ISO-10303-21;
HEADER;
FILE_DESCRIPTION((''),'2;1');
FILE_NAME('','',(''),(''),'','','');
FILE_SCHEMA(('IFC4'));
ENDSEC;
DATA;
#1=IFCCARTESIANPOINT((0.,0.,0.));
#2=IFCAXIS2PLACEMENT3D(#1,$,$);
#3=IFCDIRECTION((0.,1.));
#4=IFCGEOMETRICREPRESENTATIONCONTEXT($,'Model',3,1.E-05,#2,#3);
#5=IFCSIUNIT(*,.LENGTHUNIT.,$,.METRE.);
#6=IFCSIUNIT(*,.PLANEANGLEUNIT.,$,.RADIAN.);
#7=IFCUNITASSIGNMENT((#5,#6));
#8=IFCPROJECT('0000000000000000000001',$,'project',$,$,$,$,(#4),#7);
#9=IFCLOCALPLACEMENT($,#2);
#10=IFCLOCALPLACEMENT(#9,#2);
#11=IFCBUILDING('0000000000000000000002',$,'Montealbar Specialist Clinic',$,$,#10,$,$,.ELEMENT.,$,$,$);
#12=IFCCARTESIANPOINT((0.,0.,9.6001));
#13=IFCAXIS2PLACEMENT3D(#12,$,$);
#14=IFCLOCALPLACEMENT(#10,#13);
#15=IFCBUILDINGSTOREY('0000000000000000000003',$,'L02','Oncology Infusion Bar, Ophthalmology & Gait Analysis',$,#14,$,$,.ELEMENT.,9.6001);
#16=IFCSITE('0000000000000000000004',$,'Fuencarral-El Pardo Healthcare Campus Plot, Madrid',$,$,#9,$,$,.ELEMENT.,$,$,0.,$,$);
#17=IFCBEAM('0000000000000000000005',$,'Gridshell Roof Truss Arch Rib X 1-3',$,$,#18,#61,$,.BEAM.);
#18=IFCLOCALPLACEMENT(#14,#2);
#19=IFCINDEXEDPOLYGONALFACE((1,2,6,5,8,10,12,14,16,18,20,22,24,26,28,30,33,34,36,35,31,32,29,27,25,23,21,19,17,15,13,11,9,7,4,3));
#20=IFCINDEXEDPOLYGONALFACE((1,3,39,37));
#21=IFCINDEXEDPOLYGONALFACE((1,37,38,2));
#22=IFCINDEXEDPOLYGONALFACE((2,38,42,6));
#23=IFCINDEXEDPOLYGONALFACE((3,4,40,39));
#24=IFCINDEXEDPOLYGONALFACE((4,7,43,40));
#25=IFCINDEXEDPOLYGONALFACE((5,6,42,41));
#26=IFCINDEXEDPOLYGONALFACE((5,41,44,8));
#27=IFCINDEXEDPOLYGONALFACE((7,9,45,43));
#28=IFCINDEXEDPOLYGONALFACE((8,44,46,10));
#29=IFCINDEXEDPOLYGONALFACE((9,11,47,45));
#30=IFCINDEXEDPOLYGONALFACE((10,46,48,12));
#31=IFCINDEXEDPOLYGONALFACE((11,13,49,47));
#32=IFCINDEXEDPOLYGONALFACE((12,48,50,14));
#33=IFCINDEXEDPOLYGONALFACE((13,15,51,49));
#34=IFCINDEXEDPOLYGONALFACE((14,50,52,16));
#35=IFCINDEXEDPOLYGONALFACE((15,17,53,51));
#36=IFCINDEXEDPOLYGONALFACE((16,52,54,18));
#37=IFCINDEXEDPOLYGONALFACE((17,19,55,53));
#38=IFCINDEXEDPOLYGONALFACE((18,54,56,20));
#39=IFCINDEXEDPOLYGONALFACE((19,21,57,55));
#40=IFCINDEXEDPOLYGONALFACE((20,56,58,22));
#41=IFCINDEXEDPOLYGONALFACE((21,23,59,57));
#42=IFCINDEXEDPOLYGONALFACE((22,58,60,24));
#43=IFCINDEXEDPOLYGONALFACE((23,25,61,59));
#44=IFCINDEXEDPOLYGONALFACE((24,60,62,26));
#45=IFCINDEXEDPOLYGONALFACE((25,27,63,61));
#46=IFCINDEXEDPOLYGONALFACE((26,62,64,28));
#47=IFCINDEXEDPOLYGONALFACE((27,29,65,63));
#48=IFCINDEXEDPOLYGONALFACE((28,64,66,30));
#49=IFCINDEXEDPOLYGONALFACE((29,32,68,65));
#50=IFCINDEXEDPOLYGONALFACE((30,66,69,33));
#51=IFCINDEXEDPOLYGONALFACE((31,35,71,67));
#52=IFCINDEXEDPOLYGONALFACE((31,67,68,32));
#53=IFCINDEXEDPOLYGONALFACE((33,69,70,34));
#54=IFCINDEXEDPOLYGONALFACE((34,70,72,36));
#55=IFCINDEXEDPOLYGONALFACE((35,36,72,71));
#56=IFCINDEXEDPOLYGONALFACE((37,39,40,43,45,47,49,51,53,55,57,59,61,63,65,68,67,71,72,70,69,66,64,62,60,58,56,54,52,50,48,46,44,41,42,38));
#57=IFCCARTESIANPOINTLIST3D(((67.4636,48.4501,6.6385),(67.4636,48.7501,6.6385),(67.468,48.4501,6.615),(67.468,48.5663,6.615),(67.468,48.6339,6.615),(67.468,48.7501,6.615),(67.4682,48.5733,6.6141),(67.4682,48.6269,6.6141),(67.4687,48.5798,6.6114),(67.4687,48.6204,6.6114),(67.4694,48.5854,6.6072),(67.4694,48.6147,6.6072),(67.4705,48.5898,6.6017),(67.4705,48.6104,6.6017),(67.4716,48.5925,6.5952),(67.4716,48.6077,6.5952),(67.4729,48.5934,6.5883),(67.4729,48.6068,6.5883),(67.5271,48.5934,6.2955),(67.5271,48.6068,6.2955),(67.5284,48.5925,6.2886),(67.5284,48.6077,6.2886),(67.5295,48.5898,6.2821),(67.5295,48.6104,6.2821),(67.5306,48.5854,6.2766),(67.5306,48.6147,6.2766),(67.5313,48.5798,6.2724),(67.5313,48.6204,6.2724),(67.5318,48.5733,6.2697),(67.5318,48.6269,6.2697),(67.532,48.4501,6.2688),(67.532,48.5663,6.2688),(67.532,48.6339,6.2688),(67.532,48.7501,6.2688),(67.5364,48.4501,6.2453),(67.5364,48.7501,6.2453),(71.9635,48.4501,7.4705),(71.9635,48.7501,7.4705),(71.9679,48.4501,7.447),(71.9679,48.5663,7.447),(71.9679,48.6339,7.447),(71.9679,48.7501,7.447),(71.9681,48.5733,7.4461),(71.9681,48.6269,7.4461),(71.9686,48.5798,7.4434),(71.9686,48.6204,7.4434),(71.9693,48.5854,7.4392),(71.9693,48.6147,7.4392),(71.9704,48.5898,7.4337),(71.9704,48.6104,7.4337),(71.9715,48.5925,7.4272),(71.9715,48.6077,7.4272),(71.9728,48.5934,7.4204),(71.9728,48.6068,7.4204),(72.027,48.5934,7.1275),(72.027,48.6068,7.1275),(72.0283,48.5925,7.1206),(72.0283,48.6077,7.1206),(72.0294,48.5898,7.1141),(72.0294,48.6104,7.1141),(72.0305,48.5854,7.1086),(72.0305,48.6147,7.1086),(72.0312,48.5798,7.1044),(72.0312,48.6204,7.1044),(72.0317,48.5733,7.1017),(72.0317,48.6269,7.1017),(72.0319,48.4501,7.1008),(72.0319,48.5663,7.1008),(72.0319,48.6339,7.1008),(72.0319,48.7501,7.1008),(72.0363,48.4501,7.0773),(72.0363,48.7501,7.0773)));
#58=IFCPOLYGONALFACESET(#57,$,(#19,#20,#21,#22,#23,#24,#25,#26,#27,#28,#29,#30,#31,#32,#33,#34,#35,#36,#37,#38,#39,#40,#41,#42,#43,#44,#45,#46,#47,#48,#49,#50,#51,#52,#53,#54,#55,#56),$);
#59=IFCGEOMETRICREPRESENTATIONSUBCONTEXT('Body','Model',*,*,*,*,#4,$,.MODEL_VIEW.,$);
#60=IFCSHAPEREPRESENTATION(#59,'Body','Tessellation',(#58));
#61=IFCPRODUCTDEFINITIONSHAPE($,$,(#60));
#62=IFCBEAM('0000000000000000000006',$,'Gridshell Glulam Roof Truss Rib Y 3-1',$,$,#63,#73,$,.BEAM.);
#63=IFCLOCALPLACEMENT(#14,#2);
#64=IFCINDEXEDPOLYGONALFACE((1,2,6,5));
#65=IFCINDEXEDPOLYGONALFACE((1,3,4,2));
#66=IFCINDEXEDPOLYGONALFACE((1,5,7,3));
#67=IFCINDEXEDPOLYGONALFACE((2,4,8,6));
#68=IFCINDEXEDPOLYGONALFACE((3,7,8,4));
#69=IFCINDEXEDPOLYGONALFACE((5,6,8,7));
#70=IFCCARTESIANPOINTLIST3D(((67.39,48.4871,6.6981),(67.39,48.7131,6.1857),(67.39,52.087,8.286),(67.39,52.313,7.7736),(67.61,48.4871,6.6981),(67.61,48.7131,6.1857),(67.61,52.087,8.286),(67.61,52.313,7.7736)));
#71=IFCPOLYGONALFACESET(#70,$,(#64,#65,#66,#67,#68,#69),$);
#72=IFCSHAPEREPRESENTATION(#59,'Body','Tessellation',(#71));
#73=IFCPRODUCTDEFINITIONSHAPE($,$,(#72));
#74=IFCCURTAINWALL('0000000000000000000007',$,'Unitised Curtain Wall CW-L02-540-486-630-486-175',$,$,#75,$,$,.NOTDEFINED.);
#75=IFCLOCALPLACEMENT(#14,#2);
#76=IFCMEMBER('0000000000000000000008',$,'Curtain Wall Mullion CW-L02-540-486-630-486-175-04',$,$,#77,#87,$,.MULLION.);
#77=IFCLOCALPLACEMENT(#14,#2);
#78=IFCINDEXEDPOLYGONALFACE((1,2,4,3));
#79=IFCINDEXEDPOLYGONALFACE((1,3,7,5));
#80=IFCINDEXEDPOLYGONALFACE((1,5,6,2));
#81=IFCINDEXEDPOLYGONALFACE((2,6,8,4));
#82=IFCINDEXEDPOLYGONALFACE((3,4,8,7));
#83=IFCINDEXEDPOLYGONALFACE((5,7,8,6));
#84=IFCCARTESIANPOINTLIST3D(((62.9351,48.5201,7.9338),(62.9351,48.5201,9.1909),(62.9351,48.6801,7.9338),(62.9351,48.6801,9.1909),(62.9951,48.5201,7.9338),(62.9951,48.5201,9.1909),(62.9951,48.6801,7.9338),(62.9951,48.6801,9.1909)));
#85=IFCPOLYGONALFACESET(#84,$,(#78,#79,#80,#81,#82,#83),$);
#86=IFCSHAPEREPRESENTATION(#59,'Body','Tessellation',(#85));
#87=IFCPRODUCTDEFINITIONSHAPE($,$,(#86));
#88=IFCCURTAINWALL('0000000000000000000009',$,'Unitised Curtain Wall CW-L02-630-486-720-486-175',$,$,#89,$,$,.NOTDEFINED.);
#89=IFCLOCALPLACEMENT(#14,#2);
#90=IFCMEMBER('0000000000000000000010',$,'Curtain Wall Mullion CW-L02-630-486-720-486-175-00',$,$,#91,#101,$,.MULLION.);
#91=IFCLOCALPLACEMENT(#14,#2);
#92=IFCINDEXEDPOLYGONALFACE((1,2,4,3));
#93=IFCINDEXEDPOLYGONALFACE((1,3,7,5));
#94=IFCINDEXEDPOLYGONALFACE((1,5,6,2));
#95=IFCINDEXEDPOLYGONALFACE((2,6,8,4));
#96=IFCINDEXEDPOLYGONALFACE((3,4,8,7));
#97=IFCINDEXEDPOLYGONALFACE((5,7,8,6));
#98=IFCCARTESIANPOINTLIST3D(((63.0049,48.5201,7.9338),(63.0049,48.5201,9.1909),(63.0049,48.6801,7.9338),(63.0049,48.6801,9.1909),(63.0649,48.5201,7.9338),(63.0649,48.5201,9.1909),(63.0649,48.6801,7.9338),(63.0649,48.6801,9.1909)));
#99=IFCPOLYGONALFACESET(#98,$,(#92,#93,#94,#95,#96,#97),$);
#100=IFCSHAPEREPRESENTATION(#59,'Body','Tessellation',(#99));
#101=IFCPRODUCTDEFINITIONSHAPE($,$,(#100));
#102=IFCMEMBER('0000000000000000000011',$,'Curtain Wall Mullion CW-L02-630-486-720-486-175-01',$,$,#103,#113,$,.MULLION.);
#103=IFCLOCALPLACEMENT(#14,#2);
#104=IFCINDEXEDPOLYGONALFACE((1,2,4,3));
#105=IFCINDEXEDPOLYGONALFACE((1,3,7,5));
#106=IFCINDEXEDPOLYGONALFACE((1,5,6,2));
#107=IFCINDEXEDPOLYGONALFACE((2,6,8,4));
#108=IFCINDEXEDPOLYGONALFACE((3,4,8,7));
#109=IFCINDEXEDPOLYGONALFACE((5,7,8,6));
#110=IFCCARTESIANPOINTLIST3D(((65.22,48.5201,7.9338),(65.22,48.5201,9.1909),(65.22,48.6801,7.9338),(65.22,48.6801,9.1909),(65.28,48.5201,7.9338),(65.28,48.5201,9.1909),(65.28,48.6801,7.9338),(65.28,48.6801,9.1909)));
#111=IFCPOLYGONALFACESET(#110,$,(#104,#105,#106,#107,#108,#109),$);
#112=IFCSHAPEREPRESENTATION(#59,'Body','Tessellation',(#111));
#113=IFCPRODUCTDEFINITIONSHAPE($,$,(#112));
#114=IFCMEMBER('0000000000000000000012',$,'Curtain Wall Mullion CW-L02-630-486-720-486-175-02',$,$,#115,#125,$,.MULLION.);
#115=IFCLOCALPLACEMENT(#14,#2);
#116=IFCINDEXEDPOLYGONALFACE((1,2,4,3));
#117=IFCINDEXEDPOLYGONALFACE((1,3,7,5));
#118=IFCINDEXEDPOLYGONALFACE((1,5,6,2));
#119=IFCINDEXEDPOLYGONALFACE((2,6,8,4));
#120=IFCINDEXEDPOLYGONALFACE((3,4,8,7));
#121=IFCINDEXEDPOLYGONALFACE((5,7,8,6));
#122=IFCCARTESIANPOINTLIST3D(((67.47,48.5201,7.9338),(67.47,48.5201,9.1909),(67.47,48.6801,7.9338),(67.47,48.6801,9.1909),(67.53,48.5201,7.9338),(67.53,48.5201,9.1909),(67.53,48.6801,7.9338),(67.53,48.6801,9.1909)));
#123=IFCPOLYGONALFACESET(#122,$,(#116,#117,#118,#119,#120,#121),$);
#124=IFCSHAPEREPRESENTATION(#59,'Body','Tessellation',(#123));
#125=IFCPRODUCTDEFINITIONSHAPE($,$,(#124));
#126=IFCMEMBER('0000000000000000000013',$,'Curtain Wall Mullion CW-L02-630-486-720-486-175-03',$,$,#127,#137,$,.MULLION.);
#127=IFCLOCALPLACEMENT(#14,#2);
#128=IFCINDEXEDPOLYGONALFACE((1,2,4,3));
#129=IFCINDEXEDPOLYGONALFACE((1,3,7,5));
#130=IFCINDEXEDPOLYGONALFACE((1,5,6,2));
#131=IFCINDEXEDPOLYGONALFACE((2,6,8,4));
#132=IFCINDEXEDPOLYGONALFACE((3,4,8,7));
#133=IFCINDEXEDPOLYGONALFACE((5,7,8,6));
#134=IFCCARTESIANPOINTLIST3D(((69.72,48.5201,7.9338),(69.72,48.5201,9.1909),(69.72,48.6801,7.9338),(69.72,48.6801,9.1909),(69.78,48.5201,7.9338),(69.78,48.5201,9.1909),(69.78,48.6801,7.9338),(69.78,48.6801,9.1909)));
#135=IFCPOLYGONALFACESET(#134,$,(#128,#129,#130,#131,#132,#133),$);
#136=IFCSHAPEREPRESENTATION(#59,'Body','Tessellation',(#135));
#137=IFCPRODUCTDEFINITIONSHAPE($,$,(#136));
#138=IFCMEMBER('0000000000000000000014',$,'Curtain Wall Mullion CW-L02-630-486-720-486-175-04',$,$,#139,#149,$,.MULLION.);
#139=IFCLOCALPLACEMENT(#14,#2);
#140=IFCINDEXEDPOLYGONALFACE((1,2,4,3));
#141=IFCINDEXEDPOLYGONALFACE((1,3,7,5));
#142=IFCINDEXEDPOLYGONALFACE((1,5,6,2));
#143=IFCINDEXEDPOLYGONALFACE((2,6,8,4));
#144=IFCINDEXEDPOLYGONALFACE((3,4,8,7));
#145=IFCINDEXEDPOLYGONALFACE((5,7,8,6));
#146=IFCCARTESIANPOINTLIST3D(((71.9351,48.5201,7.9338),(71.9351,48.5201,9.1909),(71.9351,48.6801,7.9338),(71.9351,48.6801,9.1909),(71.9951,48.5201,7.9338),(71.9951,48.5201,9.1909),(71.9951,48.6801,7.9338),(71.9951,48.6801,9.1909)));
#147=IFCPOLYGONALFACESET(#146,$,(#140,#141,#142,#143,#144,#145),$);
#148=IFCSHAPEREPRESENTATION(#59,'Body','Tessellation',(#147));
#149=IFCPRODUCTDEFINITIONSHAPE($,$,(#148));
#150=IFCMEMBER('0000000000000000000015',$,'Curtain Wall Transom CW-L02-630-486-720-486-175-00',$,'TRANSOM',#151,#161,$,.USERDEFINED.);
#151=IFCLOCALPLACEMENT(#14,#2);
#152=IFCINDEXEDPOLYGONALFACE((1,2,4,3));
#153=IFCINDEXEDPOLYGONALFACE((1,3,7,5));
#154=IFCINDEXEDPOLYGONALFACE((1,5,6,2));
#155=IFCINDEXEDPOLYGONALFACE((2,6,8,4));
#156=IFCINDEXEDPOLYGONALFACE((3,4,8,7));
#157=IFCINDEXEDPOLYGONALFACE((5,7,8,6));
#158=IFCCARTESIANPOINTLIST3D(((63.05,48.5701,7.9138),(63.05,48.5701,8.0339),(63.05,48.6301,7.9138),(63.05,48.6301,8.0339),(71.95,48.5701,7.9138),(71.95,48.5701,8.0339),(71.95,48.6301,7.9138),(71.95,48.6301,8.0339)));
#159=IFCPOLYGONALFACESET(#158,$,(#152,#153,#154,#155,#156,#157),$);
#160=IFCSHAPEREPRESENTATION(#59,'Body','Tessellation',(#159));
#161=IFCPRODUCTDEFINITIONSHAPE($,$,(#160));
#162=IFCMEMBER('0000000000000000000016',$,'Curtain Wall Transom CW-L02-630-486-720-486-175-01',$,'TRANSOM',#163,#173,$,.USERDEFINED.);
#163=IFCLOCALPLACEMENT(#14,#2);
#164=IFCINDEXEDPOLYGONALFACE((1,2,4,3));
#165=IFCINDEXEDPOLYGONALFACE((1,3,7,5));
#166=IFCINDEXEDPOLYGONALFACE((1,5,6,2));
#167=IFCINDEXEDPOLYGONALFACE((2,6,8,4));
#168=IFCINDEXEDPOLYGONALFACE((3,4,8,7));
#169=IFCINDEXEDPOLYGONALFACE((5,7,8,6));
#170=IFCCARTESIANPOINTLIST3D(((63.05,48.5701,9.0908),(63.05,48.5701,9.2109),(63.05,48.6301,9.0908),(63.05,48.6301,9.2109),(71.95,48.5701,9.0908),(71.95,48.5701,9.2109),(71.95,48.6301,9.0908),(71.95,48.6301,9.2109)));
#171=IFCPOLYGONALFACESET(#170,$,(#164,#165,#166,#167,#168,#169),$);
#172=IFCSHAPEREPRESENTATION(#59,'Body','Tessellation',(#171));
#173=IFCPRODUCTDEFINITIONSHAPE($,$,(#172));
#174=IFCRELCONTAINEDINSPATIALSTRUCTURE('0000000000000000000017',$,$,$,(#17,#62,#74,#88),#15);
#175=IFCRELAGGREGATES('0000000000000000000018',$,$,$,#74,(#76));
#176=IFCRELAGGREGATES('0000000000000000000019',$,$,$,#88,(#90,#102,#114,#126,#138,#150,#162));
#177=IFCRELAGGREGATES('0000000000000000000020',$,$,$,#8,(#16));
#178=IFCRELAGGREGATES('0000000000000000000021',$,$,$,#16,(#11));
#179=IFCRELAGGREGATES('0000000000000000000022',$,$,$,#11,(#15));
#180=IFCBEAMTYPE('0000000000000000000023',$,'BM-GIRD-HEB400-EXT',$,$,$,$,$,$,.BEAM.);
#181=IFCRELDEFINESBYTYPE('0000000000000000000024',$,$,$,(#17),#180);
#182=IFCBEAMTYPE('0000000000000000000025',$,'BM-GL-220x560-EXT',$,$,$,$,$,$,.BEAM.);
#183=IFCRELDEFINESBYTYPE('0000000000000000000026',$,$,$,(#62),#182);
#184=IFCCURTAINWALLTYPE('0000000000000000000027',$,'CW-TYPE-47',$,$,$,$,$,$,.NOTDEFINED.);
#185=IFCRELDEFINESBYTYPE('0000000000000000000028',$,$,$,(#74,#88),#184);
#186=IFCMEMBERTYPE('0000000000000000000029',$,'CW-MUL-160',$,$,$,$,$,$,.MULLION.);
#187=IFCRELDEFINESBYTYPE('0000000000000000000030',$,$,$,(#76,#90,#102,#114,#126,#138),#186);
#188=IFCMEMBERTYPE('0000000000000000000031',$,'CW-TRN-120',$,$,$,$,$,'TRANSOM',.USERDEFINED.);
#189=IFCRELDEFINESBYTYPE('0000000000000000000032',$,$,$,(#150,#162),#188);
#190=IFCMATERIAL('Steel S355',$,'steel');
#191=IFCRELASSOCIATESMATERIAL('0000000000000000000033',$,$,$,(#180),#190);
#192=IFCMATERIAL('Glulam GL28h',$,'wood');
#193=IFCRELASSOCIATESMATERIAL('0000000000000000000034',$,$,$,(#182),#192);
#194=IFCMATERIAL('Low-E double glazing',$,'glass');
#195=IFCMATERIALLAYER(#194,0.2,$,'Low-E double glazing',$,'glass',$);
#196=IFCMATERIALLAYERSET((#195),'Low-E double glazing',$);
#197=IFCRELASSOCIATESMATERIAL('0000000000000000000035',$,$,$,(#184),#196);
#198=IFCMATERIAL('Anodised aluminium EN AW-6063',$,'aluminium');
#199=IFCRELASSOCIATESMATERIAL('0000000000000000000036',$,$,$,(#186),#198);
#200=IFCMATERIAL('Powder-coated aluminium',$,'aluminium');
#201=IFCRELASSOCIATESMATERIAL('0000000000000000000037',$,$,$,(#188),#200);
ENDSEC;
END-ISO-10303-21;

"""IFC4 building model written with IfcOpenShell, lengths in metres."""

from ifc_helpers import new_model, si_unit, direction, frame, origin, origin_2d, place, context, subcontext, project, spatial, rectangle, i_section, extrude, material, layer, layer_set, material_profile, profile_set, type_object, element, aggregate, save


model = new_model("IFC4")

# Units and contexts
model_context = context("Model", 3, precision=1e-05, world=origin(), true_north=direction((0.0, 1.0)))
body_context = subcontext(model_context, "Body", "Model", "MODEL_VIEW")
ifc_project = project(units=[si_unit("LENGTHUNIT", "METRE"), si_unit("PLANEANGLEUNIT", "RADIAN")], contexts=[model_context])

# Site, building, storey
site_placement = place(None, origin())
site = spatial("IfcSite", under=ifc_project, at=site_placement, Name="Fuencarral-El Pardo Healthcare Campus Plot, Madrid", CompositionType="ELEMENT", RefElevation=0.0)
building_placement = place(site_placement, origin())
building = spatial("IfcBuilding", under=site, at=building_placement, Name="Montealbar Specialist Clinic", CompositionType="ELEMENT")
storey_placement = place(building_placement, frame((0.0, 0.0, 9.6001)))
storey = spatial("IfcBuildingStorey", under=building, at=storey_placement, Name="L02", Description="Oncology Infusion Bar, Ophthalmology & Gait Analysis", CompositionType="ELEMENT", Elevation=9.6001)

# Beams
ifc_material_1 = material(Name="Steel S355", Category="steel")
ifc_material_profile_1 = material_profile(ifc_material_1, i_section(OverallWidth=0.3, OverallDepth=0.3999, WebThickness=0.0134, FlangeThickness=0.0239, FilletRadius=0.0271, at=origin_2d()), Name="HEB 400", Category="steel")
ifc_profile_set_1 = profile_set([ifc_material_profile_1], Name="Steel S355")
beam_type_1 = type_object("IfcBeamType", Name="BM-GIRD-HEB400-EXT", PredefinedType="BEAM", material=ifc_profile_set_1)
beam_1_placement = place(storey_placement, frame((67.5, 48.6001, 6.4419), z_axis=(0.983333, 0.0, 0.181814), x_axis=(0.0, 1.0, 0.0)))
element("IfcBeam", 1, at=beam_1_placement, inside=storey, type_object=beam_type_1, Name="Gridshell Roof Truss Arch Rib X 1-3", PredefinedType="BEAM", context=body_context, shape_type="SweptSolid", body=[
    extrude(i_section(OverallWidth=0.3, OverallDepth=0.3999, WebThickness=0.0134, FlangeThickness=0.0239, FilletRadius=0.0271, at=origin_2d()), origin(), (0.0, 0.0, 1.0), 4.5762),
])
ifc_material_2 = material(Name="Glulam GL28h", Category="wood")
ifc_material_profile_2 = material_profile(ifc_material_2, rectangle(XDim=0.22, YDim=0.5601, at=origin_2d()), Name="GL28h 220x560", Category="wood")
ifc_profile_set_2 = profile_set([ifc_material_profile_2], Name="Glulam GL28h")
beam_type_2 = type_object("IfcBeamType", Name="BM-GL-220x560-EXT", PredefinedType="BEAM", material=ifc_profile_set_2)
beam_2_placement = place(storey_placement, frame((67.5, 48.6001, 6.4419), z_axis=(0.0, 0.914944, 0.403581), x_axis=(-1.0, 0.0, 0.0)))
element("IfcBeam", 2, at=beam_2_placement, inside=storey, type_object=beam_type_2, Name="Gridshell Glulam Roof Truss Rib Y 3-1", PredefinedType="BEAM", context=body_context, shape_type="SweptSolid", body=[
    extrude(rectangle(XDim=0.22, YDim=0.5601, at=origin_2d()), origin(), (0.0, 0.0, 1.0), 3.9346),
])

# Curtain wall, member
ifc_material_3 = material(Name="Low-E double glazing", Category="glass")
ifc_layer_1 = layer(ifc_material_3, 0.2, Name="Low-E double glazing", Category="glass")
ifc_layer_set_1 = layer_set([ifc_layer_1], Name="Low-E double glazing")
curtain_wall_type = type_object("IfcCurtainWallType", Name="CW-TYPE-47", PredefinedType="NOTDEFINED", material=ifc_layer_set_1)
curtain_wall_1_placement = place(storey_placement, origin())
curtain_wall_1 = element("IfcCurtainWall", 3, at=curtain_wall_1_placement, inside=storey, type_object=curtain_wall_type, Name="Unitised Curtain Wall CW-L02-540-486-630-486-175", PredefinedType="NOTDEFINED")
ifc_material_4 = material(Name="Anodised aluminium EN AW-6063", Category="aluminium")
ifc_material_profile_3 = material_profile(ifc_material_4, rectangle(XDim=0.0601, YDim=0.1599, at=origin_2d()), Name="ALU 60x160", Category="aluminium")
ifc_profile_set_3 = profile_set([ifc_material_profile_3], Name="Anodised aluminium EN AW-6063")
member_type_1 = type_object("IfcMemberType", Name="CW-MUL-160", PredefinedType="MULLION", material=ifc_profile_set_3)
member_1_placement = place(storey_placement, frame((62.9651, 48.6001, 7.9338), z_axis=(0.0, 0.0, 1.0), x_axis=(1.0, 0.0, 0.0)))
member_1 = element("IfcMember", 4, at=member_1_placement, type_object=member_type_1, Name="Curtain Wall Mullion CW-L02-540-486-630-486-175-04", PredefinedType="MULLION", context=body_context, shape_type="SweptSolid", body=[
    extrude(rectangle(XDim=0.0601, YDim=0.1599, at=origin_2d()), origin(), (0.0, 0.0, 1.0), 1.2571),
])
aggregate(curtain_wall_1, [member_1])

# Curtain wall, members
curtain_wall_2_placement = place(storey_placement, origin())
curtain_wall_2 = element("IfcCurtainWall", 5, at=curtain_wall_2_placement, inside=storey, type_object=curtain_wall_type, Name="Unitised Curtain Wall CW-L02-630-486-720-486-175", PredefinedType="NOTDEFINED")
member_2_placement = place(storey_placement, frame((63.0349, 48.6001, 7.9338), z_axis=(0.0, 0.0, 1.0), x_axis=(1.0, 0.0, 0.0)))
member_2 = element("IfcMember", 6, at=member_2_placement, type_object=member_type_1, Name="Curtain Wall Mullion CW-L02-630-486-720-486-175-00", PredefinedType="MULLION", context=body_context, shape_type="SweptSolid", body=[
    extrude(rectangle(XDim=0.0601, YDim=0.1599, at=origin_2d()), origin(), (0.0, 0.0, 1.0), 1.2571),
])
member_3_placement = place(storey_placement, frame((65.25, 48.6001, 7.9338), z_axis=(0.0, 0.0, 1.0), x_axis=(1.0, 0.0, 0.0)))
member_3 = element("IfcMember", 7, at=member_3_placement, type_object=member_type_1, Name="Curtain Wall Mullion CW-L02-630-486-720-486-175-01", PredefinedType="MULLION", context=body_context, shape_type="SweptSolid", body=[
    extrude(rectangle(XDim=0.0601, YDim=0.1599, at=origin_2d()), origin(), (0.0, 0.0, 1.0), 1.2571),
])
member_4_placement = place(storey_placement, frame((67.5, 48.6001, 7.9338), z_axis=(0.0, 0.0, 1.0), x_axis=(1.0, 0.0, 0.0)))
member_4 = element("IfcMember", 8, at=member_4_placement, type_object=member_type_1, Name="Curtain Wall Mullion CW-L02-630-486-720-486-175-02", PredefinedType="MULLION", context=body_context, shape_type="SweptSolid", body=[
    extrude(rectangle(XDim=0.0601, YDim=0.1599, at=origin_2d()), origin(), (0.0, 0.0, 1.0), 1.2571),
])
member_5_placement = place(storey_placement, frame((69.75, 48.6001, 7.9338), z_axis=(0.0, 0.0, 1.0), x_axis=(1.0, 0.0, 0.0)))
member_5 = element("IfcMember", 9, at=member_5_placement, type_object=member_type_1, Name="Curtain Wall Mullion CW-L02-630-486-720-486-175-03", PredefinedType="MULLION", context=body_context, shape_type="SweptSolid", body=[
    extrude(rectangle(XDim=0.0601, YDim=0.1599, at=origin_2d()), origin(), (0.0, 0.0, 1.0), 1.2571),
])
member_6_placement = place(storey_placement, frame((71.9651, 48.6001, 7.9338), z_axis=(0.0, 0.0, 1.0), x_axis=(1.0, 0.0, 0.0)))
member_6 = element("IfcMember", 10, at=member_6_placement, type_object=member_type_1, Name="Curtain Wall Mullion CW-L02-630-486-720-486-175-04", PredefinedType="MULLION", context=body_context, shape_type="SweptSolid", body=[
    extrude(rectangle(XDim=0.0601, YDim=0.1599, at=origin_2d()), origin(), (0.0, 0.0, 1.0), 1.2571),
])
ifc_material_5 = material(Name="Powder-coated aluminium", Category="aluminium")
ifc_material_profile_4 = material_profile(ifc_material_5, rectangle(XDim=0.0601, YDim=0.1201, at=origin_2d()), Name="ALU 60x120", Category="aluminium")
ifc_profile_set_4 = profile_set([ifc_material_profile_4], Name="Powder-coated aluminium")
member_type_2 = type_object("IfcMemberType", Name="CW-TRN-120", ElementType="TRANSOM", PredefinedType="USERDEFINED", material=ifc_profile_set_4)
member_7_placement = place(storey_placement, frame((63.05, 48.6001, 7.9739), z_axis=(1.0, 0.0, 0.0), x_axis=(0.0, 1.0, 0.0)))
member_7 = element("IfcMember", 11, at=member_7_placement, type_object=member_type_2, Name="Curtain Wall Transom CW-L02-630-486-720-486-175-00", ObjectType="TRANSOM", PredefinedType="USERDEFINED", context=body_context, shape_type="SweptSolid", body=[
    extrude(rectangle(XDim=0.0601, YDim=0.1201, at=origin_2d()), origin(), (0.0, 0.0, 1.0), 8.8999),
])
member_8_placement = place(storey_placement, frame((63.05, 48.6001, 9.1509), z_axis=(1.0, 0.0, 0.0), x_axis=(0.0, 1.0, 0.0)))
member_8 = element("IfcMember", 12, at=member_8_placement, type_object=member_type_2, Name="Curtain Wall Transom CW-L02-630-486-720-486-175-01", ObjectType="TRANSOM", PredefinedType="USERDEFINED", context=body_context, shape_type="SweptSolid", body=[
    extrude(rectangle(XDim=0.0601, YDim=0.1201, at=origin_2d()), origin(), (0.0, 0.0, 1.0), 8.8999),
])

aggregate(curtain_wall_2, [member_2, member_3, member_4, member_5, member_6, member_7, member_8])

save(model, "model.ifc")
